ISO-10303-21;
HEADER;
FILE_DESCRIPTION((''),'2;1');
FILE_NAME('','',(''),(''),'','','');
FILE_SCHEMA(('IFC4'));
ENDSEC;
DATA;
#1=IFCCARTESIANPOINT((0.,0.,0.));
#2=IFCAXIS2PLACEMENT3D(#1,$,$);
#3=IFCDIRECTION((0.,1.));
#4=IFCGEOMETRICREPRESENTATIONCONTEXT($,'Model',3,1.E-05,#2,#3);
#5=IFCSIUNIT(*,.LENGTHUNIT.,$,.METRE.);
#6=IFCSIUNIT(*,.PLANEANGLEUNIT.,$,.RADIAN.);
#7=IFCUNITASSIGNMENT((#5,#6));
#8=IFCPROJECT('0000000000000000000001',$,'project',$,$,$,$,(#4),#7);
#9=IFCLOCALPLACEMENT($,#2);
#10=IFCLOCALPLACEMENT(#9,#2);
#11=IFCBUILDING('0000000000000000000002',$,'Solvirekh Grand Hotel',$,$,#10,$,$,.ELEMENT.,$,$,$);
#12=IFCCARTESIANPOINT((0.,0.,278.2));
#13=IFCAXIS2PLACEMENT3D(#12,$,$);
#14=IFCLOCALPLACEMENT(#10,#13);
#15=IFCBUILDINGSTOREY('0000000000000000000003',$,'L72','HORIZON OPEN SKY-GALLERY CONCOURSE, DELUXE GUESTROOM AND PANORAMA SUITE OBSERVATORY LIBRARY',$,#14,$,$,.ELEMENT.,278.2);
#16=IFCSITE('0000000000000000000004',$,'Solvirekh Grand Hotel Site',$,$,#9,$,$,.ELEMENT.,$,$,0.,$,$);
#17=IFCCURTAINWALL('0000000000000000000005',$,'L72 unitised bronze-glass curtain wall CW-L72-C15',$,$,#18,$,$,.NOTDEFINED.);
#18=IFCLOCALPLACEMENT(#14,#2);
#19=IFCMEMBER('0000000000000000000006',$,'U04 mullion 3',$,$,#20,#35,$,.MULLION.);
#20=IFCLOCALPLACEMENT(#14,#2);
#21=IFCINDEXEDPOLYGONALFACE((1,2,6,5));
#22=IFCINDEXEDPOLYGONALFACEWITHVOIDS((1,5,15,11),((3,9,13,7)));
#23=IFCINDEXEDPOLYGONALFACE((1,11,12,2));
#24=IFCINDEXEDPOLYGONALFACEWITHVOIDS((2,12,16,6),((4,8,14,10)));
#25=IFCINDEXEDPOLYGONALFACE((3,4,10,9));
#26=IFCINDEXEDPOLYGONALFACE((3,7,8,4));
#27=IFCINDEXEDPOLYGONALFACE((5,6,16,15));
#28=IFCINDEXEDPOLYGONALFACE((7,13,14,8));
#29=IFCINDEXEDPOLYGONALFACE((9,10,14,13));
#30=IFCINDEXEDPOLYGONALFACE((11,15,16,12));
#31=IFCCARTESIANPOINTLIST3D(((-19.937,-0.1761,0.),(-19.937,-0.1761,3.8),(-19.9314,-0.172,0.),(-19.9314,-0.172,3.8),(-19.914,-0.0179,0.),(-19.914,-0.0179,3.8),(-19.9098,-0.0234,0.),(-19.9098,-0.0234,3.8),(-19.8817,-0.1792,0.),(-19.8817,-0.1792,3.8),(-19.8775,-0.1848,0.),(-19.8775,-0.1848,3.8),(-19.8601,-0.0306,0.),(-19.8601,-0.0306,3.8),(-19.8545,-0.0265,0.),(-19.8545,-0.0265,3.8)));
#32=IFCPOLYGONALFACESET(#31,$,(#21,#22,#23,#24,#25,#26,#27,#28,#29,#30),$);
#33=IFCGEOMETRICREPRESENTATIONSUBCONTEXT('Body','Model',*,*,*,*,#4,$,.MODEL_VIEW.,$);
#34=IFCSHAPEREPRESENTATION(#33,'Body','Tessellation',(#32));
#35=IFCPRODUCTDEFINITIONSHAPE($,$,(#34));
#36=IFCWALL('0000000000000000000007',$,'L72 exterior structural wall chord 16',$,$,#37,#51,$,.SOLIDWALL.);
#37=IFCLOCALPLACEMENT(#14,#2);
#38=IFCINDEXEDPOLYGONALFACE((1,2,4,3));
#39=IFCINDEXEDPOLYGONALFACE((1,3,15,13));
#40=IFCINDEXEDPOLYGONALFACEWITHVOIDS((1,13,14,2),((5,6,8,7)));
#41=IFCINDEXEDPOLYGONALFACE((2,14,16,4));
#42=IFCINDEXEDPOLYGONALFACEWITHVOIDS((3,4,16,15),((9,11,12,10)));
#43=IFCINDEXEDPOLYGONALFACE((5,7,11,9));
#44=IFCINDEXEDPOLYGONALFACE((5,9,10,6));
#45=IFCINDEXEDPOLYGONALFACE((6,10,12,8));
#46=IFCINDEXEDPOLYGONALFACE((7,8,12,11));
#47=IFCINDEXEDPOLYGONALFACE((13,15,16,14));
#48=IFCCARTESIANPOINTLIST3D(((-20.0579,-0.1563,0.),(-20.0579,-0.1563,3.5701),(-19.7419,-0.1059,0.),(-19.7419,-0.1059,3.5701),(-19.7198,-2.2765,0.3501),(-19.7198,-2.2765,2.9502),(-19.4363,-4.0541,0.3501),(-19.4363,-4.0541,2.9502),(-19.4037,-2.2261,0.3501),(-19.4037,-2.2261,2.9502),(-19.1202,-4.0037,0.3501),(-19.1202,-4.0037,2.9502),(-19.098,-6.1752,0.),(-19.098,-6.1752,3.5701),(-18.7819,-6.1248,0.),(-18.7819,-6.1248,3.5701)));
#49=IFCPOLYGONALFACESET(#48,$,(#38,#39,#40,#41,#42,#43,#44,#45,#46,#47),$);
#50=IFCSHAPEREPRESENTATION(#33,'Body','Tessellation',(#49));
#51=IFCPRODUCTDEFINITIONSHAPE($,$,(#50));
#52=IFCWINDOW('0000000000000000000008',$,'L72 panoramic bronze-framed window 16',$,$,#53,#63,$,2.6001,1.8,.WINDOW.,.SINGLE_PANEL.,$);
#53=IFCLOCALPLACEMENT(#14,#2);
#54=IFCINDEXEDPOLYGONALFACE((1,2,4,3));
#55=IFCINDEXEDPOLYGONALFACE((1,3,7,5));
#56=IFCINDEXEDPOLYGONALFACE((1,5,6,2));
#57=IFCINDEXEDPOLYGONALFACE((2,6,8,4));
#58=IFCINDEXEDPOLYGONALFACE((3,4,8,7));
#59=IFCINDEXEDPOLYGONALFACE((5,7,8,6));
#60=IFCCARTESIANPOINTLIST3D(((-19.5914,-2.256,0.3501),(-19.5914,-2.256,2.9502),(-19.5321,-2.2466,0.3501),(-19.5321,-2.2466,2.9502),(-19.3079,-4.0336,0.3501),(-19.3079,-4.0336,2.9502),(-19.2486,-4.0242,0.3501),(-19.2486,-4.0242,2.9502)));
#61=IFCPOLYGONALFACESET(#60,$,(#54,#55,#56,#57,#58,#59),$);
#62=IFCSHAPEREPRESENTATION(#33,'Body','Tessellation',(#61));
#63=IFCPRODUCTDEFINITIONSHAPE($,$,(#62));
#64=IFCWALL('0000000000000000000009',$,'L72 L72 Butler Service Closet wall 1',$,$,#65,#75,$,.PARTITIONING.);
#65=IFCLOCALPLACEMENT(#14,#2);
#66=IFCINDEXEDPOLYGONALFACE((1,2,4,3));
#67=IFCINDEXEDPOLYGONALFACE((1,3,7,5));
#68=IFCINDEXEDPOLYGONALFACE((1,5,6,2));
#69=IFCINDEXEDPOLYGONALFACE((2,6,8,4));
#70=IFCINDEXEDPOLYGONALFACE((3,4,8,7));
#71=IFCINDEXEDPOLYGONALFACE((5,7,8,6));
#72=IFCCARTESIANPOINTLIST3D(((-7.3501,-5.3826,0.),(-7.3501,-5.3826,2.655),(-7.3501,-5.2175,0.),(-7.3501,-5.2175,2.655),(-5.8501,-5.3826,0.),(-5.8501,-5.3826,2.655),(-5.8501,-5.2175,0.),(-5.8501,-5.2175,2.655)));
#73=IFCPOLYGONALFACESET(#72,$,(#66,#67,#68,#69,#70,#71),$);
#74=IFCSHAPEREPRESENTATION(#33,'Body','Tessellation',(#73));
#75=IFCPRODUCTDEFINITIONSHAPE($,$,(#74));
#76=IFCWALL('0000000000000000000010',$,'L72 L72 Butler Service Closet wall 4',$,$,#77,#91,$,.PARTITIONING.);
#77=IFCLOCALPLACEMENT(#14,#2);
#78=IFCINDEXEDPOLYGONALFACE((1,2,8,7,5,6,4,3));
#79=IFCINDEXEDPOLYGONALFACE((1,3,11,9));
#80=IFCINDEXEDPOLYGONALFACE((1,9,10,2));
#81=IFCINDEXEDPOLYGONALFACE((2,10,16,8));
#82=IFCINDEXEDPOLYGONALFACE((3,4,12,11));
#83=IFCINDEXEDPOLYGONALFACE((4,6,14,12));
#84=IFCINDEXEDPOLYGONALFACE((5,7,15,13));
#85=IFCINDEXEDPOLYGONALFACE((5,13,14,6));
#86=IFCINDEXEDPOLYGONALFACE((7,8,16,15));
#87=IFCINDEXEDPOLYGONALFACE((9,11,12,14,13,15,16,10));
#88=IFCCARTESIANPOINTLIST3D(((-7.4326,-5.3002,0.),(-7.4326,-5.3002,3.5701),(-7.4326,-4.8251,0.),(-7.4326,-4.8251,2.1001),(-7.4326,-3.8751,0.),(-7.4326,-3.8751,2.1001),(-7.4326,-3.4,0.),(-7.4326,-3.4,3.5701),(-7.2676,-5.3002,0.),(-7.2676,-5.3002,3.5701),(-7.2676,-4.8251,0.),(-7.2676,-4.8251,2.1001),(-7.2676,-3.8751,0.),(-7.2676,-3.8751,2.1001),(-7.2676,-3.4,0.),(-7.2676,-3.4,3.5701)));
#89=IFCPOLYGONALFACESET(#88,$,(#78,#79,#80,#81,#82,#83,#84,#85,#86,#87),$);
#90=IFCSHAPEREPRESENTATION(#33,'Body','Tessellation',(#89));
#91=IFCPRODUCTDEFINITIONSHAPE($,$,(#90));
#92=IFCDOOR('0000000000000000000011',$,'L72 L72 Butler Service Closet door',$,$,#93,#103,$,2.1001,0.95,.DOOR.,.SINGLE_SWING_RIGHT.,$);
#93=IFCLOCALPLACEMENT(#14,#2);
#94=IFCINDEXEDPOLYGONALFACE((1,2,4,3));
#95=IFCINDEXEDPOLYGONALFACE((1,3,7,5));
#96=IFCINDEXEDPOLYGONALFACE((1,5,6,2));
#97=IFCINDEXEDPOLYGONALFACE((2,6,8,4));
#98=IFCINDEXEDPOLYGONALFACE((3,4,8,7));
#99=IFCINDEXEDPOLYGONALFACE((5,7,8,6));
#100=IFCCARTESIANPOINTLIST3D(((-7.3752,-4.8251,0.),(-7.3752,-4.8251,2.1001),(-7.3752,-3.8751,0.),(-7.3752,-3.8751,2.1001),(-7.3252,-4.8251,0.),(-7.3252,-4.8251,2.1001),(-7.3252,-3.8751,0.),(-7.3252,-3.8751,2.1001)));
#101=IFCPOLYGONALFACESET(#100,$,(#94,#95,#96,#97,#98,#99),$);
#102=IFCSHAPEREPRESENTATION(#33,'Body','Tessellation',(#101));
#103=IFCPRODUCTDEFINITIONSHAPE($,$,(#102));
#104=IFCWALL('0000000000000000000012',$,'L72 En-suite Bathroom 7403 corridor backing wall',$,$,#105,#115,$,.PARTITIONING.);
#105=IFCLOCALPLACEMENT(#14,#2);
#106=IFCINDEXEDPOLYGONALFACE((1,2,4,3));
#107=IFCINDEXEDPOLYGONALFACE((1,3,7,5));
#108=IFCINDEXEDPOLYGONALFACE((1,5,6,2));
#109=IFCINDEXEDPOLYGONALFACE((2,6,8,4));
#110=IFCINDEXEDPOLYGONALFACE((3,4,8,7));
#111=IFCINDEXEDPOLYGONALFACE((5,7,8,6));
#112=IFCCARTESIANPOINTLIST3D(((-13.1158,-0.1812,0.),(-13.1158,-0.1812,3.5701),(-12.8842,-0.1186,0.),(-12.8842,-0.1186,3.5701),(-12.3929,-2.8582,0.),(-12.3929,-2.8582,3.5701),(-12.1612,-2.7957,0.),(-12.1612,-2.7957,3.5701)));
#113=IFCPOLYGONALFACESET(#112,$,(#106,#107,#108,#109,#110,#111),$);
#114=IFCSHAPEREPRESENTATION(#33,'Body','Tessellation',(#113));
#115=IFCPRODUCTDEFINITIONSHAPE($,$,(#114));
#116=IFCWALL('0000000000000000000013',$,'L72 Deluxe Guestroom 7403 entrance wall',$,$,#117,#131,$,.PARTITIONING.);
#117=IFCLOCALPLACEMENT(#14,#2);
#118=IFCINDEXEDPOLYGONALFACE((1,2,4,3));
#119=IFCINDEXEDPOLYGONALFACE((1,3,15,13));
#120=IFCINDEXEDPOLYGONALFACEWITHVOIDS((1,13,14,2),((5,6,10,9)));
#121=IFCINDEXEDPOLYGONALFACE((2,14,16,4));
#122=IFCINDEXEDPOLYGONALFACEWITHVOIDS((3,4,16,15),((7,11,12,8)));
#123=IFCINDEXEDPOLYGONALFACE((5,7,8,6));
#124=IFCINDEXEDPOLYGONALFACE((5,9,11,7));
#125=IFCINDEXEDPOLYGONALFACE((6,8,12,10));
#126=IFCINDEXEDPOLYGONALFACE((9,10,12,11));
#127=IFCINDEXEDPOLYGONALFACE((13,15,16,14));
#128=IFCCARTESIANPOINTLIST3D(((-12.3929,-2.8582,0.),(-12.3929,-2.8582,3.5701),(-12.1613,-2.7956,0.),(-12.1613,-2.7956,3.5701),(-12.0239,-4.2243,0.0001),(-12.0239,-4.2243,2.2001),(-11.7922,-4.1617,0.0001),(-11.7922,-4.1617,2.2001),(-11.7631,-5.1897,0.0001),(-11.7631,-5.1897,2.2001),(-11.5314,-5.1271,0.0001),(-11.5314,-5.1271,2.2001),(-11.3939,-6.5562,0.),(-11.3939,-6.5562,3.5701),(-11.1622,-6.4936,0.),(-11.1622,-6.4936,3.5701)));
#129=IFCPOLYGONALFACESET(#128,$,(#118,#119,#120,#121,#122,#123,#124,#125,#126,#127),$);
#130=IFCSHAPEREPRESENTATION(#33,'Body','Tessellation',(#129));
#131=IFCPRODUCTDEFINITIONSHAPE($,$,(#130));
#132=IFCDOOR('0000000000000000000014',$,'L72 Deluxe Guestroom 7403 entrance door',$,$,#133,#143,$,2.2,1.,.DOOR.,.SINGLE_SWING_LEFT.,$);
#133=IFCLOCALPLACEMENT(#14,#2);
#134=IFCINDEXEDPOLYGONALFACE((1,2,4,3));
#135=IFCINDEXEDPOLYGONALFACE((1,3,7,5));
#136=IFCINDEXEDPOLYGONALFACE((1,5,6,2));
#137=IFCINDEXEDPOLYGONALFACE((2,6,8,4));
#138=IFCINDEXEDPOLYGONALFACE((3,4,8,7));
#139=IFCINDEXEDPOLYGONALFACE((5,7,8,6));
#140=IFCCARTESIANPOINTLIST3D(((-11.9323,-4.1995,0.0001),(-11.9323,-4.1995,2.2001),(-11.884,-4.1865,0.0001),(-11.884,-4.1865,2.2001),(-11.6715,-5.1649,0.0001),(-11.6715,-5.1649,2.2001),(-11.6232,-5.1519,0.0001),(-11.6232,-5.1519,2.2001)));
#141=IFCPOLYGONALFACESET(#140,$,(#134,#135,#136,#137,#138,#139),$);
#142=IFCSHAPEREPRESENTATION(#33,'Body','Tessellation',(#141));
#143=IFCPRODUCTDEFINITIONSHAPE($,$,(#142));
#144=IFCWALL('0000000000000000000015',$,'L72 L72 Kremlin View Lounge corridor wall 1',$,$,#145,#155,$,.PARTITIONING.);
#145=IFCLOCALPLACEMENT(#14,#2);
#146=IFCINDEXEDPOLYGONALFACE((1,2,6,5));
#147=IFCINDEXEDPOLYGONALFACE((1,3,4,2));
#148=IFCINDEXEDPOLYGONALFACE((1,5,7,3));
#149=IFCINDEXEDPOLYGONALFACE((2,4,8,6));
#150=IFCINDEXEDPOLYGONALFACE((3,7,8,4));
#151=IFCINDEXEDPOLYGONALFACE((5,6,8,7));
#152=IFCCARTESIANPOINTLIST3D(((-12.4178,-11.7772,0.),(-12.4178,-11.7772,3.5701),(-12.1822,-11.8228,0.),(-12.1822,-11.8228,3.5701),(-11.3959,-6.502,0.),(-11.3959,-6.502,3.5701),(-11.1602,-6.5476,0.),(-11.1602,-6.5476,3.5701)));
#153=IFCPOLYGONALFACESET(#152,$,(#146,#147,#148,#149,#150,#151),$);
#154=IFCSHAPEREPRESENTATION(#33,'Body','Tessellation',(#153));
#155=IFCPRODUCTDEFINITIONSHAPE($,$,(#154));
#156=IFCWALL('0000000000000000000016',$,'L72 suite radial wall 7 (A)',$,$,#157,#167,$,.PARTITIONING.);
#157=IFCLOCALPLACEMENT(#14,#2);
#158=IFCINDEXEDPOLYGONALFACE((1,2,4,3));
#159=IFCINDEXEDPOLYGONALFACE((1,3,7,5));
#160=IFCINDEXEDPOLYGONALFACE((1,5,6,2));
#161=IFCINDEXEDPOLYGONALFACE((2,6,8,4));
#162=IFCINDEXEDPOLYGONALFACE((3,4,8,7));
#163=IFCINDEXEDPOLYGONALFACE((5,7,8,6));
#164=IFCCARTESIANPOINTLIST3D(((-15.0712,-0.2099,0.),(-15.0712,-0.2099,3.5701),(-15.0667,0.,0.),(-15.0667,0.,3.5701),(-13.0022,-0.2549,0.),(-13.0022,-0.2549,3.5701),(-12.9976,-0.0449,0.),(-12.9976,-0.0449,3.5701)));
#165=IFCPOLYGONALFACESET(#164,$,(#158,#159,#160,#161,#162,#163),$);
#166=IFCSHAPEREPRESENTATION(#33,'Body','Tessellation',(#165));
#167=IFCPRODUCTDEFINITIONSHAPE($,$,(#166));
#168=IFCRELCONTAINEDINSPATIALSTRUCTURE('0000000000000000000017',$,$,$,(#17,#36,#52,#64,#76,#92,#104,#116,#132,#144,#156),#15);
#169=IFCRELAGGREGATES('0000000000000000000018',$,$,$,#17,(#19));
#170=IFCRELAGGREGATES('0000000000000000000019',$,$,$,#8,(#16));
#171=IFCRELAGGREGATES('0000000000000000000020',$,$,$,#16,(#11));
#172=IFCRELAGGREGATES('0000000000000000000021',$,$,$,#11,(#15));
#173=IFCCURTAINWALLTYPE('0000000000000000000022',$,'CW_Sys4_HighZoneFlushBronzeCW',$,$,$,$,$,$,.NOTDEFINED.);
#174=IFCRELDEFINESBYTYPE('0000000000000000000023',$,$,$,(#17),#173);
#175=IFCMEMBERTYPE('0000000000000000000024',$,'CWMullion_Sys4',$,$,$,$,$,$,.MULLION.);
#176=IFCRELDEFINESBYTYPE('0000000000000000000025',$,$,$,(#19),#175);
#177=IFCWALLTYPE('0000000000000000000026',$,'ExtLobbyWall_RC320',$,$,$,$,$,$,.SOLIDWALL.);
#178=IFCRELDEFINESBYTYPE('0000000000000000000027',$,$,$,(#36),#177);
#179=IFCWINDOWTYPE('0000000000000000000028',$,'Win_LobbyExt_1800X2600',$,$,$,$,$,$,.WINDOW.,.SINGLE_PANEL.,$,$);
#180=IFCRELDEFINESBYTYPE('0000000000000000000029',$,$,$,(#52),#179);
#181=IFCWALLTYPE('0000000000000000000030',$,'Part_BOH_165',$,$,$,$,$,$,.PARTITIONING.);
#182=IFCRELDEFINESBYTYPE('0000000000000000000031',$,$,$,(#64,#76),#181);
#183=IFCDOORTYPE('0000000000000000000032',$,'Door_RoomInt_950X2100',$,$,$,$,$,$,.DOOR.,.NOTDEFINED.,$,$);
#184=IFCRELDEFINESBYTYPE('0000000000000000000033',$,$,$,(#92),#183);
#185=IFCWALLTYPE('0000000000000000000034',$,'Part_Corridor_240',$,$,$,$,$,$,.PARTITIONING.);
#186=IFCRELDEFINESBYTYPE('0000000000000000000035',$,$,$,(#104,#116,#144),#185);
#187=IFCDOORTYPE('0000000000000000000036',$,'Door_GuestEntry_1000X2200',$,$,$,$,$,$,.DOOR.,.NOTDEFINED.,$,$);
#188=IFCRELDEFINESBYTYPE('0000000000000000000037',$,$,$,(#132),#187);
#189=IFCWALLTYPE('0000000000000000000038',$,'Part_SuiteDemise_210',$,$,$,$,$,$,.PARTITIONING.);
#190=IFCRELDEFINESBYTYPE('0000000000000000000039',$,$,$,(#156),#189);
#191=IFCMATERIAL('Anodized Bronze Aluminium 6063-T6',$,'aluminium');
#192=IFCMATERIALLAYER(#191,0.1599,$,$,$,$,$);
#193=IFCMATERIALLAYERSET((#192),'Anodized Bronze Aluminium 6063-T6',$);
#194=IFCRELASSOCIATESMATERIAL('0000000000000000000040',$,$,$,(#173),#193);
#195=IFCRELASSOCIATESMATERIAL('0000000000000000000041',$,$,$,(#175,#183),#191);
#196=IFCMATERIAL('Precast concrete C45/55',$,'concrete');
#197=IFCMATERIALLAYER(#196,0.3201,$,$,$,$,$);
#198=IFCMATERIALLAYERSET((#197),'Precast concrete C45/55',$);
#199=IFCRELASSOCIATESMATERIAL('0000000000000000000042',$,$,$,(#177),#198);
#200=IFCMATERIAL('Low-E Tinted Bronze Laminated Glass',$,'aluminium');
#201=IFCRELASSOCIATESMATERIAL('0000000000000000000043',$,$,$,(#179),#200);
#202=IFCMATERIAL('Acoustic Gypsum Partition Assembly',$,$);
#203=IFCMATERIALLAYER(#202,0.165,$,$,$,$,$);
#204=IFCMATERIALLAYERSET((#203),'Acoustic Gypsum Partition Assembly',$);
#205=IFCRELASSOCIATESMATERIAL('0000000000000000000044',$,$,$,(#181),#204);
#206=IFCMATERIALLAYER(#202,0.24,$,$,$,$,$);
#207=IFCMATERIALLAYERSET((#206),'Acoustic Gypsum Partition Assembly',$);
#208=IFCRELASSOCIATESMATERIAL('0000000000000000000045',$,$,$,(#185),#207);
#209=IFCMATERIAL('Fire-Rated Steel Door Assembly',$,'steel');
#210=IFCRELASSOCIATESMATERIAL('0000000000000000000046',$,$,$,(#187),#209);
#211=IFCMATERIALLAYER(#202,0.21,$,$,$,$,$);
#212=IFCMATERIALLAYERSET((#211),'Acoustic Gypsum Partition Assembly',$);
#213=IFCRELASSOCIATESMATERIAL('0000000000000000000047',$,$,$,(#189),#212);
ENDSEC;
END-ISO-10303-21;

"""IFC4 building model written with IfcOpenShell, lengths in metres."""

from ifc_helpers import new_model, si_unit, direction, frame, frame_2d, origin, origin_2d, place, context, subcontext, project, spatial, rectangle, hollow_rectangle, extrude, source, transform, mapped, material, layer, layer_set, material_profile, profile_set, type_object, element, fill, aggregate, save


model = new_model("IFC4")

# Units and contexts
model_context = context("Model", 3, precision=1e-05, world=origin(), true_north=direction((0.0, 1.0)))
body_context = subcontext(model_context, "Body", "Model", "MODEL_VIEW")
ifc_project = project(units=[si_unit("LENGTHUNIT", "METRE"), si_unit("PLANEANGLEUNIT", "RADIAN")], contexts=[model_context])

# Site, building, storey
site_placement = place(None, origin())
site = spatial("IfcSite", under=ifc_project, at=site_placement, Name="Solvirekh Grand Hotel Site", CompositionType="ELEMENT", RefElevation=0.0)
building_placement = place(site_placement, origin())
building = spatial("IfcBuilding", under=site, at=building_placement, Name="Solvirekh Grand Hotel", CompositionType="ELEMENT")
storey_placement = place(building_placement, frame((0.0, 0.0, 278.2)))
storey = spatial("IfcBuildingStorey", under=building, at=storey_placement, Name="L72", Description="HORIZON OPEN SKY-GALLERY CONCOURSE, DELUXE GUESTROOM AND PANORAMA SUITE OBSERVATORY LIBRARY", CompositionType="ELEMENT", Elevation=278.2)

# Curtain wall, member
ifc_material_1 = material(Name="Anodized Bronze Aluminium 6063-T6", Category="aluminium")
ifc_layer_1 = layer(ifc_material_1, 0.1599)
ifc_layer_set_1 = layer_set([ifc_layer_1], Name="Anodized Bronze Aluminium 6063-T6")
curtain_wall_type = type_object("IfcCurtainWallType", Name="CW_Sys4_HighZoneFlushBronzeCW", PredefinedType="NOTDEFINED", material=ifc_layer_set_1)
curtain_wall_placement = place(storey_placement, origin())
curtain_wall = element("IfcCurtainWall", 1, at=curtain_wall_placement, inside=storey, type_object=curtain_wall_type, Name="L72 unitised bronze-glass curtain wall CW-L72-C15", PredefinedType="NOTDEFINED")
ifc_material_profile_1 = material_profile(ifc_material_1, hollow_rectangle(XDim=0.0601, YDim=0.1599, WallThickness=0.0049, at=origin_2d()), Name="ALU RHS 160X60X5")
ifc_profile_set_1 = profile_set([ifc_material_profile_1], Name="Anodized Bronze Aluminium 6063-T6")
member_type = type_object("IfcMemberType", Name="CWMullion_Sys4", PredefinedType="MULLION", material=ifc_profile_set_1)
shared_shape = source(origin(), body_context, "Body", "SweptSolid", [
    extrude(hollow_rectangle(XDim=0.0601, YDim=0.1599, WallThickness=0.0049, at=origin_2d()), origin(), (0.0, 0.0, 1.0), 3.8),
])
member_placement = place(storey_placement, frame((-19.8958, -0.1013, 0.0), z_axis=(0.0, 0.0, 1.0), x_axis=(0.989619, -0.143718, 0.0)))
member = element("IfcMember", 2, at=member_placement, type_object=member_type, Name="U04 mullion 3", PredefinedType="MULLION", context=body_context, shape_type="MappedRepresentation", body=[
    mapped(shared_shape, transform((0.0, 0.0, 0.0), x_axis=(1.0, 0.0, 0.0), y_axis=(0.0, 1.0, 0.0), z_axis=(0.0, 0.0, 1.0), scale=1.0)),
])
aggregate(curtain_wall, [member])

# Wall, opening, window
ifc_material_2 = material(Name="Precast concrete C45/55", Category="concrete")
ifc_layer_2 = layer(ifc_material_2, 0.3201)
ifc_layer_set_2 = layer_set([ifc_layer_2], Name="Precast concrete C45/55")
wall_type_1 = type_object("IfcWallType", Name="ExtLobbyWall_RC320", PredefinedType="SOLIDWALL", material=ifc_layer_set_2)
wall_1_placement = place(storey_placement, frame((-18.9399, -6.1499, 0.0), z_axis=(0.0, 0.0, 1.0), x_axis=(-0.157503, 0.987519, 0.0)))
wall_1 = element("IfcWall", 3, at=wall_1_placement, inside=storey, type_object=wall_type_1, Name="L72 exterior structural wall chord 16", PredefinedType="SOLIDWALL", context=body_context, shape_type="SweptSolid", body=[
    extrude(rectangle(XDim=6.095, YDim=0.3201, at=frame_2d((3.0474, 0.0))), origin(), (0.0, 0.0, 1.0), 3.5701),
])
opening_1_placement = place(wall_1_placement, frame((2.1479, 0.0, 0.3501)))
opening_1 = element("IfcOpeningElement", 4, at=opening_1_placement, cuts=wall_1, PredefinedType="OPENING", context=body_context, shape_type="SweptSolid", body=[
    extrude(rectangle(XDim=1.8, YDim=2.6001, at=frame_2d((0.8999, 1.3))), frame((0.0, 0.1699, 0.0), z_axis=(0.0, -1.0, 0.0), x_axis=(1.0, 0.0, 0.0)), (0.0, 0.0, 1.0), 0.3401),
])
ifc_material_3 = material(Name="Low-E Tinted Bronze Laminated Glass", Category="aluminium")
window_type = type_object("IfcWindowType", Name="Win_LobbyExt_1800X2600", PartitioningType="SINGLE_PANEL", PredefinedType="WINDOW", material=ifc_material_3)
window_placement = place(opening_1_placement, origin())
window = element("IfcWindow", 5, at=window_placement, inside=storey, type_object=window_type, Name="L72 panoramic bronze-framed window 16", OverallHeight=2.6001, OverallWidth=1.8, PartitioningType="SINGLE_PANEL", PredefinedType="WINDOW", context=body_context, shape_type="SweptSolid", body=[
    extrude(rectangle(XDim=1.8, YDim=2.6001, at=frame_2d((0.8999, 1.3))), frame((0.0, 0.03, 0.0), z_axis=(0.0, -1.0, 0.0), x_axis=(1.0, 0.0, 0.0)), (0.0, 0.0, 1.0), 0.0601),
])
fill(opening_1, window)

# Wall
ifc_material_4 = material(Name="Acoustic Gypsum Partition Assembly")
ifc_layer_3 = layer(ifc_material_4, 0.165)
ifc_layer_set_3 = layer_set([ifc_layer_3], Name="Acoustic Gypsum Partition Assembly")
wall_type_2 = type_object("IfcWallType", Name="Part_BOH_165", PredefinedType="PARTITIONING", material=ifc_layer_set_3)
wall_2_placement = place(storey_placement, frame((-7.3501, -5.3, 0.0), z_axis=(0.0, 0.0, 1.0), x_axis=(1.0, 0.0, 0.0)))
element("IfcWall", 6, at=wall_2_placement, inside=storey, type_object=wall_type_2, Name="L72 L72 Butler Service Closet wall 1", PredefinedType="PARTITIONING", context=body_context, shape_type="SweptSolid", body=[
    extrude(rectangle(XDim=1.5, YDim=0.165, at=frame_2d((0.75, 0.0))), origin(), (0.0, 0.0, 1.0), 2.655),
])

# Wall, opening, door
wall_3_placement = place(storey_placement, frame((-7.3501, -3.3999, 0.0), z_axis=(0.0, 0.0, 1.0), x_axis=(0.0, -1.0, 0.0)))
wall_3 = element("IfcWall", 7, at=wall_3_placement, inside=storey, type_object=wall_type_2, Name="L72 L72 Butler Service Closet wall 4", PredefinedType="PARTITIONING", context=body_context, shape_type="SweptSolid", body=[
    extrude(rectangle(XDim=1.9001, YDim=0.165, at=frame_2d((0.9502, 0.0))), origin(), (0.0, 0.0, 1.0), 3.5701),
])
opening_2_placement = place(wall_3_placement, frame((0.4751, 0.0, 0.0)))
opening_2 = element("IfcOpeningElement", 8, at=opening_2_placement, cuts=wall_3, PredefinedType="OPENING", context=body_context, shape_type="SweptSolid", body=[
    extrude(rectangle(XDim=0.95, YDim=2.1001, at=frame_2d((0.4751, 1.05))), frame((0.0, 0.0925, 0.0), z_axis=(0.0, -1.0, 0.0), x_axis=(1.0, 0.0, 0.0)), (0.0, 0.0, 1.0), 0.1851),
])
door_type_1 = type_object("IfcDoorType", Name="Door_RoomInt_950X2100", OperationType="NOTDEFINED", PredefinedType="DOOR", material=ifc_material_1)
door_1_placement = place(opening_2_placement, origin())
door_1 = element("IfcDoor", 9, at=door_1_placement, inside=storey, type_object=door_type_1, Name="L72 L72 Butler Service Closet door", OperationType="SINGLE_SWING_RIGHT", OverallHeight=2.1001, OverallWidth=0.95, PredefinedType="DOOR", context=body_context, shape_type="SweptSolid", body=[
    extrude(rectangle(XDim=0.95, YDim=2.1001, at=frame_2d((0.4751, 1.05))), frame((0.0, 0.0249, 0.0), z_axis=(0.0, -1.0, 0.0), x_axis=(1.0, 0.0, 0.0)), (0.0, 0.0, 1.0), 0.05),
])
fill(opening_2, door_1)

# Wall
ifc_layer_4 = layer(ifc_material_4, 0.24)
ifc_layer_set_4 = layer_set([ifc_layer_4], Name="Acoustic Gypsum Partition Assembly")
wall_type_3 = type_object("IfcWallType", Name="Part_Corridor_240", PredefinedType="PARTITIONING", material=ifc_layer_set_4)
wall_4_placement = place(storey_placement, frame((-13.0, -0.1499, 0.0), z_axis=(0.0, 0.0, 1.0), x_axis=(0.260703, -0.965419, 0.0)))
element("IfcWall", 10, at=wall_4_placement, inside=storey, type_object=wall_type_3, Name="L72 En-suite Bathroom 7403 corridor backing wall", PredefinedType="PARTITIONING", context=body_context, shape_type="SweptSolid", body=[
    extrude(rectangle(XDim=2.7729, YDim=0.24, at=frame_2d((1.3865, 0.0))), origin(), (0.0, 0.0, 1.0), 3.5701),
])

# Wall, opening, door
wall_5_placement = place(storey_placement, frame((-12.2771, -2.8269, 0.0), z_axis=(0.0, 0.0, 1.0), x_axis=(0.260803, -0.965392, 0.0)))
wall_5 = element("IfcWall", 11, at=wall_5_placement, inside=storey, type_object=wall_type_3, Name="L72 Deluxe Guestroom 7403 entrance wall", PredefinedType="PARTITIONING", context=body_context, shape_type="SweptSolid", body=[
    extrude(rectangle(XDim=3.8306, YDim=0.24, at=frame_2d((1.9153, 0.0))), origin(), (0.0, 0.0, 1.0), 3.5701),
])
opening_3_placement = place(wall_5_placement, frame((1.415, 0.0, 0.0)))
opening_3 = element("IfcOpeningElement", 12, at=opening_3_placement, cuts=wall_5, PredefinedType="OPENING", context=body_context, shape_type="SweptSolid", body=[
    extrude(rectangle(XDim=1.0, YDim=2.2, at=frame_2d((0.5, 1.1001))), frame((0.0, 0.1299, 0.0), z_axis=(0.0, -1.0, 0.0), x_axis=(1.0, 0.0, 0.0)), (0.0, 0.0, 1.0), 0.26),
])
ifc_material_5 = material(Name="Fire-Rated Steel Door Assembly", Category="steel")
door_type_2 = type_object("IfcDoorType", Name="Door_GuestEntry_1000X2200", OperationType="NOTDEFINED", PredefinedType="DOOR", material=ifc_material_5)
door_2_placement = place(opening_3_placement, origin())
door_2 = element("IfcDoor", 13, at=door_2_placement, inside=storey, type_object=door_type_2, Name="L72 Deluxe Guestroom 7403 entrance door", OperationType="SINGLE_SWING_LEFT", OverallHeight=2.2, OverallWidth=1.0, PredefinedType="DOOR", context=body_context, shape_type="SweptSolid", body=[
    extrude(rectangle(XDim=1.0, YDim=2.2, at=frame_2d((0.5, 1.1001))), frame((0.0, 0.0249, 0.0), z_axis=(0.0, -1.0, 0.0), x_axis=(1.0, 0.0, 0.0)), (0.0, 0.0, 1.0), 0.05),
])
fill(opening_3, door_2)

# Walls
wall_6_placement = place(storey_placement, frame((-11.2781, -6.5249, 0.0), z_axis=(0.0, 0.0, 1.0), x_axis=(-0.190197, -0.981746, 0.0)))
element("IfcWall", 14, at=wall_6_placement, inside=storey, type_object=wall_type_3, Name="L72 L72 Kremlin View Lounge corridor wall 1", PredefinedType="PARTITIONING", context=body_context, shape_type="SweptSolid", body=[
    extrude(rectangle(XDim=5.3733, YDim=0.24, at=frame_2d((2.6865, 0.0))), origin(), (0.0, 0.0, 1.0), 3.5701),
])
ifc_layer_5 = layer(ifc_material_4, 0.21)
ifc_layer_set_5 = layer_set([ifc_layer_5], Name="Acoustic Gypsum Partition Assembly")
wall_type_4 = type_object("IfcWallType", Name="Part_SuiteDemise_210", PredefinedType="PARTITIONING", material=ifc_layer_set_5)
wall_7_placement = place(storey_placement, frame((-13.0, -0.1499, 0.0), z_axis=(0.0, 0.0, 1.0), x_axis=(-0.999764, 0.021706, 0.0)))
element("IfcWall", 15, at=wall_7_placement, inside=storey, type_object=wall_type_4, Name="L72 suite radial wall 7 (A)", PredefinedType="PARTITIONING", context=body_context, shape_type="SweptSolid", body=[
    extrude(rectangle(XDim=2.0696, YDim=0.21, at=frame_2d((1.0347, 0.0))), origin(), (0.0, 0.0, 1.0), 3.5701),
])

save(model, "model.ifc")
